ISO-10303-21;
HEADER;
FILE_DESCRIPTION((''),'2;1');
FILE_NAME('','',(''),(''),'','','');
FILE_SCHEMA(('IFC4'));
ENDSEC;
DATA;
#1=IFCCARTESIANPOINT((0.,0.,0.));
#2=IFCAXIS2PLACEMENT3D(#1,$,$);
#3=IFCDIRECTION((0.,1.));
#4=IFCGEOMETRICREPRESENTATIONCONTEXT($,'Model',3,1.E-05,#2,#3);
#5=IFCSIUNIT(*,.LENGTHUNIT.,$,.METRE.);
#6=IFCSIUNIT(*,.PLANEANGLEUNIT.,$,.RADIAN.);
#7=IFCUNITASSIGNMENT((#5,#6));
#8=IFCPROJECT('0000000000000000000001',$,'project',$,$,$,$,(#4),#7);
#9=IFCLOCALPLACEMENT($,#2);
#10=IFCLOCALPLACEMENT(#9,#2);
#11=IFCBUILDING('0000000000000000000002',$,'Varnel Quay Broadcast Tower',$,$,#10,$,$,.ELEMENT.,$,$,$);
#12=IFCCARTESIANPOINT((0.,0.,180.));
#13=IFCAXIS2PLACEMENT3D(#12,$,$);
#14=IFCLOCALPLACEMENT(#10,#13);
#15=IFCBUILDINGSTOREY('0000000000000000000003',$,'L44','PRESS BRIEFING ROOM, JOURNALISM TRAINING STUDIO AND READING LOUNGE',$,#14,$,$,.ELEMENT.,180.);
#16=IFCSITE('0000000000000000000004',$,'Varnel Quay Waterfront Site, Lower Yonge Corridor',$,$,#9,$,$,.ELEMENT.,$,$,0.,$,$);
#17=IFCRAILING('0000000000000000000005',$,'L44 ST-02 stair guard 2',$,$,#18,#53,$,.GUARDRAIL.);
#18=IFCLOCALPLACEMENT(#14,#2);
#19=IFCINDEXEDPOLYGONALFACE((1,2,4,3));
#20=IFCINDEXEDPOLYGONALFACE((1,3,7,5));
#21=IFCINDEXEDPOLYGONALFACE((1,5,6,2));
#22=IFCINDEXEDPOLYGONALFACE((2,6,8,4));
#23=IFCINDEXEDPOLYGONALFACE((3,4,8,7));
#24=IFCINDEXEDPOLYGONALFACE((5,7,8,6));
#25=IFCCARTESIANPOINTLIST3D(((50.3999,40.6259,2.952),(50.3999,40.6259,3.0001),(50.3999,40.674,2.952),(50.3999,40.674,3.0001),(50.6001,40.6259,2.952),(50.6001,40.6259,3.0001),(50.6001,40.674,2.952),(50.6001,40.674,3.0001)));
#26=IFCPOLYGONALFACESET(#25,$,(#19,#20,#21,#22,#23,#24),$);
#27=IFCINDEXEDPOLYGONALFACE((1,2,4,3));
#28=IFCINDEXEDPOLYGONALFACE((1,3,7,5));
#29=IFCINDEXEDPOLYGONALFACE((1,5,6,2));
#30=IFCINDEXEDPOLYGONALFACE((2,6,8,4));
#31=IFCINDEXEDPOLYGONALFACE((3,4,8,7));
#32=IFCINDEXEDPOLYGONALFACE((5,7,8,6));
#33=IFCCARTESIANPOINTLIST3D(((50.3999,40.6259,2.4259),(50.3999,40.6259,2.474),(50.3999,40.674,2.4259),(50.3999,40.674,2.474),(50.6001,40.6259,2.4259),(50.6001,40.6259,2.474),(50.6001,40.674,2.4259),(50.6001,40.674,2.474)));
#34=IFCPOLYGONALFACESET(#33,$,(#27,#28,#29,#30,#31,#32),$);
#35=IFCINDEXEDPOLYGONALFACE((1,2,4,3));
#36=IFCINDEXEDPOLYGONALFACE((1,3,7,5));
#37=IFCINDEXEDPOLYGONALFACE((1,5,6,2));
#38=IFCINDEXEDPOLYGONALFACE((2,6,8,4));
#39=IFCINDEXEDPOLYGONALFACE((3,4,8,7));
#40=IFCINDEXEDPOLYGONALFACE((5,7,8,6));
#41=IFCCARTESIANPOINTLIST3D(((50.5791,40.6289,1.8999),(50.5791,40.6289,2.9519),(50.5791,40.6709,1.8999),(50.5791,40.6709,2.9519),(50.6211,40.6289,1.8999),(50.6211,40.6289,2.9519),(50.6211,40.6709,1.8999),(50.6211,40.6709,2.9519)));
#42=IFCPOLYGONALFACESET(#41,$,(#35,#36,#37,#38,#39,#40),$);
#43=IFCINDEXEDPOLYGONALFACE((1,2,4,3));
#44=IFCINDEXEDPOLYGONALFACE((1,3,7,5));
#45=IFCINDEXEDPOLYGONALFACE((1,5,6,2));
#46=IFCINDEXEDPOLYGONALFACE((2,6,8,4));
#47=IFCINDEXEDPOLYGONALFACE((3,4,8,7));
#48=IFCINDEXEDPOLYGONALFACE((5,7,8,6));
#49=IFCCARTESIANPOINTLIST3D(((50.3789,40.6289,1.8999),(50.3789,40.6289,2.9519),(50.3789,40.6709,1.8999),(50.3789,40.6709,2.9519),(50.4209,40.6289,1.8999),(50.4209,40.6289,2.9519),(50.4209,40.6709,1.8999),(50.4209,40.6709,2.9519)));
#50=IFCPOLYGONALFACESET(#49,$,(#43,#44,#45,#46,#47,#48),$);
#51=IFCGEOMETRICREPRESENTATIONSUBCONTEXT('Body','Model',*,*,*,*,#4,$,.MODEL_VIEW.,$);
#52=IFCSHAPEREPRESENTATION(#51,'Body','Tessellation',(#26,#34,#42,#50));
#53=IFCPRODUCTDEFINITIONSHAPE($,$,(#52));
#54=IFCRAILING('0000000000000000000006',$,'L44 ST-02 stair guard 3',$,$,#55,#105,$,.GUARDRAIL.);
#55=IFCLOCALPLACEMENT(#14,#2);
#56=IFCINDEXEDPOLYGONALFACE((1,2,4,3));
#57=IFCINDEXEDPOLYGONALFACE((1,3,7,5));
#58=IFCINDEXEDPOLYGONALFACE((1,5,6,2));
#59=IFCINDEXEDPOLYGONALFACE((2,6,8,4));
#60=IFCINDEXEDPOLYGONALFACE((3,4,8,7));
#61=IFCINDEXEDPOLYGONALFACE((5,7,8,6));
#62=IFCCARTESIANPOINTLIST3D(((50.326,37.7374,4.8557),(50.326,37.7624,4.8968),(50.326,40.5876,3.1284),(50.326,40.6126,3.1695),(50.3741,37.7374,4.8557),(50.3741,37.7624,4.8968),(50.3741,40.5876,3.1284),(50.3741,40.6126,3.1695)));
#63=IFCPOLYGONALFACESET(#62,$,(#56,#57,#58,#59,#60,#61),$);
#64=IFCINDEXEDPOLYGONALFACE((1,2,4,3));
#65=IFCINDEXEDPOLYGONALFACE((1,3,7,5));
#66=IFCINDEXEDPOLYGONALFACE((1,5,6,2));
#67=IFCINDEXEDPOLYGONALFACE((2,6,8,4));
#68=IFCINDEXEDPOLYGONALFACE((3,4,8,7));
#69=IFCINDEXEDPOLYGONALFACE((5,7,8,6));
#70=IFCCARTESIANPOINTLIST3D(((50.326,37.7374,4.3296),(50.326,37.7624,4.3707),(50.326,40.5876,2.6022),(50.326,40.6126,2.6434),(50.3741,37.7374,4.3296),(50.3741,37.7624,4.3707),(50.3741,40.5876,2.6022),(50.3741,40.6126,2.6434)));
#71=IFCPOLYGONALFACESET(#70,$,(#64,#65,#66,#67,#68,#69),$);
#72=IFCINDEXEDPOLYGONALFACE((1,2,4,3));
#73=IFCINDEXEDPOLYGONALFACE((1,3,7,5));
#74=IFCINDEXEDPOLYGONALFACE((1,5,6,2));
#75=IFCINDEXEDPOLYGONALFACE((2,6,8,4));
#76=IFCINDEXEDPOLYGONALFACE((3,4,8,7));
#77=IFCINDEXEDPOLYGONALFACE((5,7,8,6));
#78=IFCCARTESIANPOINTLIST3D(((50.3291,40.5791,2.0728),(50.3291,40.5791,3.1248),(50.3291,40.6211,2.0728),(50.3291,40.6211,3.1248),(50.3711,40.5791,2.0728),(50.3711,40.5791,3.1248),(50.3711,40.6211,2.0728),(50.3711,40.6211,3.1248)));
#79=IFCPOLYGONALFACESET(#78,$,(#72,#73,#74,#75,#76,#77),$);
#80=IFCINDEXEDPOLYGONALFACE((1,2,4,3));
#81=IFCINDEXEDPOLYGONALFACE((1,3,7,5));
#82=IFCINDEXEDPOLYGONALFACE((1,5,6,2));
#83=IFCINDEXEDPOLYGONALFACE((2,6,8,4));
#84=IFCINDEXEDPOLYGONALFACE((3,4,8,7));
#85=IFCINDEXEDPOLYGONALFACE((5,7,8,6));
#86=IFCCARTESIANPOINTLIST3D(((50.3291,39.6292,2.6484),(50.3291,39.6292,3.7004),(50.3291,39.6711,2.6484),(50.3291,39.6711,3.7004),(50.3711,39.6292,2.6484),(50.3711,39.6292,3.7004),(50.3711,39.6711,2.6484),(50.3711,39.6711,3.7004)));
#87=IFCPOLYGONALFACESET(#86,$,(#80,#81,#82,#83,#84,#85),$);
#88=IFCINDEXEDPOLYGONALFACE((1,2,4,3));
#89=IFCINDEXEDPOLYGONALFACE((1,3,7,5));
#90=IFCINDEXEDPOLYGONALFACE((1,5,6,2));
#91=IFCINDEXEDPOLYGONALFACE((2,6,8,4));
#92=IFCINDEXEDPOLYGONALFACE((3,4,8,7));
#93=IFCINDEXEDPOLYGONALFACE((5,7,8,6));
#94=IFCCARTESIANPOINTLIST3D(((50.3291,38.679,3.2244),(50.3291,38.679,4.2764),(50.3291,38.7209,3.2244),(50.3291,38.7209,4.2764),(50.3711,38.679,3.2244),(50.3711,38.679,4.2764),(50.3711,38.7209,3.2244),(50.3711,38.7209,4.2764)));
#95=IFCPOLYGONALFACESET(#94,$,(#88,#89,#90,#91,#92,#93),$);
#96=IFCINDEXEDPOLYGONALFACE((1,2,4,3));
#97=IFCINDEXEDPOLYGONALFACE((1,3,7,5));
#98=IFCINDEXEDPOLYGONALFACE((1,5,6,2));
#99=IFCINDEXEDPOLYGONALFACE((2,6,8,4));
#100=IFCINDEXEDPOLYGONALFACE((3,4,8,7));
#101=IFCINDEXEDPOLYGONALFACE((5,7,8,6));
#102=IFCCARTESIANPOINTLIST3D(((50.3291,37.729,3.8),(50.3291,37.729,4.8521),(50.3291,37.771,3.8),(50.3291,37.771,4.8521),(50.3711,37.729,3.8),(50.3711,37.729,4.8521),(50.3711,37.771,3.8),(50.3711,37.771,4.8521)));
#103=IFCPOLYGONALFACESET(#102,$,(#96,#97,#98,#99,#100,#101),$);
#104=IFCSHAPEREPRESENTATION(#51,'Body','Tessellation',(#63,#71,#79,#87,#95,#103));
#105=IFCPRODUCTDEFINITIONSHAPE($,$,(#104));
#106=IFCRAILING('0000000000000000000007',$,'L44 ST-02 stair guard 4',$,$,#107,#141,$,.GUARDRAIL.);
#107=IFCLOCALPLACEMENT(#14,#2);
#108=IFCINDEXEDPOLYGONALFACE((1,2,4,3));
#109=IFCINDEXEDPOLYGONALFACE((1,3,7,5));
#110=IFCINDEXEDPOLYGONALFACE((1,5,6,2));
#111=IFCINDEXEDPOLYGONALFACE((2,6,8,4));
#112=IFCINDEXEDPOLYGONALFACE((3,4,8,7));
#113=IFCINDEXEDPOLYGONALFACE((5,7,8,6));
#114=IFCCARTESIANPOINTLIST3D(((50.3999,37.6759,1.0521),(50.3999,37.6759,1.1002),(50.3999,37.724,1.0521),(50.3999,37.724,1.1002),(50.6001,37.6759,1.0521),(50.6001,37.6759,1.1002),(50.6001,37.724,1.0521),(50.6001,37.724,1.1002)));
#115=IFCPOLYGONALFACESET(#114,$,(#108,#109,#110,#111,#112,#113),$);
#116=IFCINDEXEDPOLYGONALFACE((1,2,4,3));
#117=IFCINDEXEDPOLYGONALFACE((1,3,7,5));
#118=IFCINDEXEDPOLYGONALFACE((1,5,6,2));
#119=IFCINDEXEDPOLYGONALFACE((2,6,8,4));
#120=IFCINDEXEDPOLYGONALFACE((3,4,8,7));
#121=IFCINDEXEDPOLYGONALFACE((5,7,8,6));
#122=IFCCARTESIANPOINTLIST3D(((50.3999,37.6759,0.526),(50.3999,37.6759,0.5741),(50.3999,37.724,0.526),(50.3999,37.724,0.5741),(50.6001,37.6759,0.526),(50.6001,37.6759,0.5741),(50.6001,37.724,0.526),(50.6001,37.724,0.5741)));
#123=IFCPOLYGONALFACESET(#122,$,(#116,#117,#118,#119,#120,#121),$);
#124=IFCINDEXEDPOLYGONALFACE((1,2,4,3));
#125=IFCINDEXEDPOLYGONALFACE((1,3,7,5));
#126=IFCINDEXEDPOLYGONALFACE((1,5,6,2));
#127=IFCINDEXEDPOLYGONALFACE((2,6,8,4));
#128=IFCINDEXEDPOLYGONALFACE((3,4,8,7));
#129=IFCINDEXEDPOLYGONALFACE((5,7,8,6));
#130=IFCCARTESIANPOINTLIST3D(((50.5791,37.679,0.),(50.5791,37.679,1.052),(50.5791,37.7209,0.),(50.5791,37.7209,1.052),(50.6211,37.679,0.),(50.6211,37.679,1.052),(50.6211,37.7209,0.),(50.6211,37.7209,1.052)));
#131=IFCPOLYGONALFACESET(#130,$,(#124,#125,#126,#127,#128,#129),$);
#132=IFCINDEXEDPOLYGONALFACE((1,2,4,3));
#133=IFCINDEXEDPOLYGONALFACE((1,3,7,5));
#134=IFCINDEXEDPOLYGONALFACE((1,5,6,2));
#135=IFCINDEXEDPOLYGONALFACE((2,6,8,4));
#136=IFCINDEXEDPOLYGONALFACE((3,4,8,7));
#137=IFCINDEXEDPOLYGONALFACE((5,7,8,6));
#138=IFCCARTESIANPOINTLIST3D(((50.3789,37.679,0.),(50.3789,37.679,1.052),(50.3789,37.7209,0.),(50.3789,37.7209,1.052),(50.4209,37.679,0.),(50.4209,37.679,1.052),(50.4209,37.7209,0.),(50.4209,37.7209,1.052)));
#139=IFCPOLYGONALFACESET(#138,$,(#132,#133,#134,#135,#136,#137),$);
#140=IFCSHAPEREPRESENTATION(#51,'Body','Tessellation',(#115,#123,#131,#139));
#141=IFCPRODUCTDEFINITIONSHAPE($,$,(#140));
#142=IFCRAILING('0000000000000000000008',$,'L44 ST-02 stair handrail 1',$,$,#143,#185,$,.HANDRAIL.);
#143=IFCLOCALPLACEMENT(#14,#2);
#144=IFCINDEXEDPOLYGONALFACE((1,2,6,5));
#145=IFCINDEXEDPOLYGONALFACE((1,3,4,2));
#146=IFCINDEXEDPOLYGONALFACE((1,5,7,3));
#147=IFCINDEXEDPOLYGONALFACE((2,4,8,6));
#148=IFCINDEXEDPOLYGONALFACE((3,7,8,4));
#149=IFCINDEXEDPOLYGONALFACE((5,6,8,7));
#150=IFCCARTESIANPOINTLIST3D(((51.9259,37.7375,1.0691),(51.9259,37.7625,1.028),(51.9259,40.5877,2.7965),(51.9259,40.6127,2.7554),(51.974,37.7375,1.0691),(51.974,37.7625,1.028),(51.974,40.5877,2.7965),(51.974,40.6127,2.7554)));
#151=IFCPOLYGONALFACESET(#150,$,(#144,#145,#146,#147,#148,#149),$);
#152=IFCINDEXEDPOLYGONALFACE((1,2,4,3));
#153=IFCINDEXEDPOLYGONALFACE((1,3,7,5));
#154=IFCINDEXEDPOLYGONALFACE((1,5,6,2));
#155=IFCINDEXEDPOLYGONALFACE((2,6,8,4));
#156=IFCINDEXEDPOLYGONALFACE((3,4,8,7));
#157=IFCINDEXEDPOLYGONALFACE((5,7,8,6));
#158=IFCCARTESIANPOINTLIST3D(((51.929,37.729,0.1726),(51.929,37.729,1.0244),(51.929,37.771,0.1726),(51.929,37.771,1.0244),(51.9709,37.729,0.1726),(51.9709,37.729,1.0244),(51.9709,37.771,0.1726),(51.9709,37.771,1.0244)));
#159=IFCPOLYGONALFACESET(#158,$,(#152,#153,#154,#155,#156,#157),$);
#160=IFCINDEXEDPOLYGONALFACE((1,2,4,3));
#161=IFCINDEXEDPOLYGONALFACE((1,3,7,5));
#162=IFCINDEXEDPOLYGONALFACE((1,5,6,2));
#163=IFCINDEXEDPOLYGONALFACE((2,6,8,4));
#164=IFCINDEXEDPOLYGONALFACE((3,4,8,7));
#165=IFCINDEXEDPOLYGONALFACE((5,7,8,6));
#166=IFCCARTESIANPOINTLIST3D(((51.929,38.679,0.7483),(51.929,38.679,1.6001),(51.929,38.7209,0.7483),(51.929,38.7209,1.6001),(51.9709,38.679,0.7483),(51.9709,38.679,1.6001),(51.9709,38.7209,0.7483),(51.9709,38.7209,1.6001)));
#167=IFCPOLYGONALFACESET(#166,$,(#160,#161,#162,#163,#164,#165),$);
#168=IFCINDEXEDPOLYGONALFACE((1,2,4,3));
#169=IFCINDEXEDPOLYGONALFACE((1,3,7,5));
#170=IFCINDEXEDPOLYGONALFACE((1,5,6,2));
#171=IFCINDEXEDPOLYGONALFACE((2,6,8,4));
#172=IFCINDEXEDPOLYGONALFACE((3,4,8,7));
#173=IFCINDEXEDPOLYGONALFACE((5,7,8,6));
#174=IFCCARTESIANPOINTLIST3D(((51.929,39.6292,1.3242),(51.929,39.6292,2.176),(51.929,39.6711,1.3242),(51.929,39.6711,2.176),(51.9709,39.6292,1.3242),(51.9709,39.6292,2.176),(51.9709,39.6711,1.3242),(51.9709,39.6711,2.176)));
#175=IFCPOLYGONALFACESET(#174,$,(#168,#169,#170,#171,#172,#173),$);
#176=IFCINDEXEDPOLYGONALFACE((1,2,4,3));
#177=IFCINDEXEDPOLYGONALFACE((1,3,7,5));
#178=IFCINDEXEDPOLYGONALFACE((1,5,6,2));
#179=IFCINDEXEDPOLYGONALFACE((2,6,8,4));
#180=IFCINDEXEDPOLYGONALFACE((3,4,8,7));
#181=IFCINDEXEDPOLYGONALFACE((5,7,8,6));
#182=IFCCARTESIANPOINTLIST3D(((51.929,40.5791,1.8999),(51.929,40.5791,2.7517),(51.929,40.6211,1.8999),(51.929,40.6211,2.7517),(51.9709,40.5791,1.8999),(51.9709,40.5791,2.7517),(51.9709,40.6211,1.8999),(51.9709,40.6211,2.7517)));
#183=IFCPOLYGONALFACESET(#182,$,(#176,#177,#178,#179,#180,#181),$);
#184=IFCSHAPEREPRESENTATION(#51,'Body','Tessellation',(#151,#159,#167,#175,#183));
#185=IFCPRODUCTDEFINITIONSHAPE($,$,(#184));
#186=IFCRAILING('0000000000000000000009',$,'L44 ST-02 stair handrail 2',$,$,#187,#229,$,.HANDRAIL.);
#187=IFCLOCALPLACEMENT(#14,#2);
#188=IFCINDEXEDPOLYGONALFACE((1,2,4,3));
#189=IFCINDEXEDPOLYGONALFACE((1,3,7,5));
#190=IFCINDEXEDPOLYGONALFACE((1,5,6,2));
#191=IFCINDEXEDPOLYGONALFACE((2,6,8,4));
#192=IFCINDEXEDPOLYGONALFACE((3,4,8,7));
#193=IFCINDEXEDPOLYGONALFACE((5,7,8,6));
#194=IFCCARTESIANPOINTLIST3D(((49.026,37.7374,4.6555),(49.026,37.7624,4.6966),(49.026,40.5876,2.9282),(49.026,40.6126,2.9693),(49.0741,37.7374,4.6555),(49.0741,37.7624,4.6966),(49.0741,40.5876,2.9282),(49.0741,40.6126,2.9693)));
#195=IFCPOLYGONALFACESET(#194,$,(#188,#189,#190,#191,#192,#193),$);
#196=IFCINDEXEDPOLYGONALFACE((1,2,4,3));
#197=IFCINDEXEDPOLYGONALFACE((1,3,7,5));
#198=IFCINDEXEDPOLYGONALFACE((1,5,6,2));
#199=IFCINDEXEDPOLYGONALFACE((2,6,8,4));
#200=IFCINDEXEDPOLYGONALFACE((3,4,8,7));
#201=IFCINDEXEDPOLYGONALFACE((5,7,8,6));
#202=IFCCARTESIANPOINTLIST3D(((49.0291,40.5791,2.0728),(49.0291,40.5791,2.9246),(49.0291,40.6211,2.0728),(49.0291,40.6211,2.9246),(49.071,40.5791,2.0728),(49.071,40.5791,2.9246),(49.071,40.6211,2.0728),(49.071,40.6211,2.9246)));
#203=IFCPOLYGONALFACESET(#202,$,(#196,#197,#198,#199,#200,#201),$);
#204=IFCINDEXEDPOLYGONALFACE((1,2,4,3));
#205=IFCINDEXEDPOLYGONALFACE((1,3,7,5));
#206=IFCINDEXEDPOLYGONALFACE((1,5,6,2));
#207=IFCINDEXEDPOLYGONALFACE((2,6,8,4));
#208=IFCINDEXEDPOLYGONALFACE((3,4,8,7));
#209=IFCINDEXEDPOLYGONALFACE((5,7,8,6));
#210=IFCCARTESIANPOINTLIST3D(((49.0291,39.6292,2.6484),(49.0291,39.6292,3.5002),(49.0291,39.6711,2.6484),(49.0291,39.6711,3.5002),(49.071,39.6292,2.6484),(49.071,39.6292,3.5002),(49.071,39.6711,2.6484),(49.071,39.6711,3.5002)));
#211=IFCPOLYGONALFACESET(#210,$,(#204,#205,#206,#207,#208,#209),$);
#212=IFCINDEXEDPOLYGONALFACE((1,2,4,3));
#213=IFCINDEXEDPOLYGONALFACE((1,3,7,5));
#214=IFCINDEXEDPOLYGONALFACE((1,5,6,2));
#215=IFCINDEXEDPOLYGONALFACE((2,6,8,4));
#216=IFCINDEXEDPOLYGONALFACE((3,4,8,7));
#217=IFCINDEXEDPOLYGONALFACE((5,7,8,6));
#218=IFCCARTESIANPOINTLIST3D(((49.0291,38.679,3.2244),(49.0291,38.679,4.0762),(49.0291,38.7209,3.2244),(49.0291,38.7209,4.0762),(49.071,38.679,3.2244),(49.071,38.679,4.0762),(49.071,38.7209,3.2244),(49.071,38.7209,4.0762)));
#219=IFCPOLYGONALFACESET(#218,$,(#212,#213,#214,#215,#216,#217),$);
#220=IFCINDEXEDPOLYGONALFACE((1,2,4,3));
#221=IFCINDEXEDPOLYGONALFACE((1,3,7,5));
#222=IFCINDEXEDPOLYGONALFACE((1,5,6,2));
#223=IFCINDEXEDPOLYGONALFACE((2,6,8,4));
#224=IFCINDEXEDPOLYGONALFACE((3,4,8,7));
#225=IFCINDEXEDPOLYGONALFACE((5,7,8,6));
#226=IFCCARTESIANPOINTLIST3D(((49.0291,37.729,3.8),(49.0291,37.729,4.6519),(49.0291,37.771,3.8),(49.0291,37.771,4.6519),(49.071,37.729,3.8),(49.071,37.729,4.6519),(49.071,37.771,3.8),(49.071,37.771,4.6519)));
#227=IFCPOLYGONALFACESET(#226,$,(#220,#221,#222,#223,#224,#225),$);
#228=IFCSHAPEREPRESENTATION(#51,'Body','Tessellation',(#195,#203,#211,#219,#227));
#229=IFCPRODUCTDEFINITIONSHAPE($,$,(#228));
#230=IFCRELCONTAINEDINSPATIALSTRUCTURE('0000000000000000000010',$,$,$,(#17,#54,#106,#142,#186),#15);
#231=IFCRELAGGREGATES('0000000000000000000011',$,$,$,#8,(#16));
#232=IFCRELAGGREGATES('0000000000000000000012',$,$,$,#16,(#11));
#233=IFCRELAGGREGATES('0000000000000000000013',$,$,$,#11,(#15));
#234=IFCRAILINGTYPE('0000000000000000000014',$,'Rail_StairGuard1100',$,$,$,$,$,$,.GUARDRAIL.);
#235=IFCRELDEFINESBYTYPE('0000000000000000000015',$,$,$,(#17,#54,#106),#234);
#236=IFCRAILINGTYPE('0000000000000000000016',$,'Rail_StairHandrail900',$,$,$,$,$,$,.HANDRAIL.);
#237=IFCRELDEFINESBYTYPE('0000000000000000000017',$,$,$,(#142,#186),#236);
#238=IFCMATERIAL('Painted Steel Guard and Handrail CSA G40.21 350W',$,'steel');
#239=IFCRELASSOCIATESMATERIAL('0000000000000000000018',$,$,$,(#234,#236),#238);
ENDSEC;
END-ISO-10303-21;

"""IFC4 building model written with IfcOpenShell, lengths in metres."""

from ifc_helpers import new_model, si_unit, direction, frame, origin, origin_2d, place, context, subcontext, project, spatial, rectangle, extrude, material, type_object, element, save


model = new_model("IFC4")

# Units and contexts
model_context = context("Model", 3, precision=1e-05, world=origin(), true_north=direction((0.0, 1.0)))
body_context = subcontext(model_context, "Body", "Model", "MODEL_VIEW")
ifc_project = project(units=[si_unit("LENGTHUNIT", "METRE"), si_unit("PLANEANGLEUNIT", "RADIAN")], contexts=[model_context])

# Site, building, storey
site_placement = place(None, origin())
site = spatial("IfcSite", under=ifc_project, at=site_placement, Name="Varnel Quay Waterfront Site, Lower Yonge Corridor", CompositionType="ELEMENT", RefElevation=0.0)
building_placement = place(site_placement, origin())
building = spatial("IfcBuilding", under=site, at=building_placement, Name="Varnel Quay Broadcast Tower", CompositionType="ELEMENT")
storey_placement = place(building_placement, frame((0.0, 0.0, 180.0)))
storey = spatial("IfcBuildingStorey", under=building, at=storey_placement, Name="L44", Description="PRESS BRIEFING ROOM, JOURNALISM TRAINING STUDIO AND READING LOUNGE", CompositionType="ELEMENT", Elevation=180.0)

# Railings
ifc_material_1 = material(Name="Painted Steel Guard and Handrail CSA G40.21 350W", Category="steel")
railing_type_1 = type_object("IfcRailingType", Name="Rail_StairGuard1100", PredefinedType="GUARDRAIL", material=ifc_material_1)
railing_1_placement = place(storey_placement, frame((50.6001, 40.6499, 1.8999)))
element("IfcRailing", 1, at=railing_1_placement, inside=storey, type_object=railing_type_1, Name="L44 ST-02 stair guard 2", PredefinedType="GUARDRAIL", context=body_context, shape_type="SweptSolid", body=[
    extrude(rectangle(XDim=0.0481, YDim=0.0481, at=origin_2d()), frame((0.0, 0.0, 1.0762), z_axis=(-1.0, 0.0, 0.0), x_axis=(0.0, -1.0, 0.0)), (0.0, 0.0, 1.0), 0.2002),
    extrude(rectangle(XDim=0.0481, YDim=0.0481, at=origin_2d()), frame((0.0, 0.0, 0.55), z_axis=(-1.0, 0.0, 0.0), x_axis=(0.0, -1.0, 0.0)), (0.0, 0.0, 1.0), 0.2002),
    extrude(rectangle(XDim=0.042, YDim=0.042, at=origin_2d()), origin(), (0.0, 0.0, 1.0), 1.052),
    extrude(rectangle(XDim=0.042, YDim=0.042, at=origin_2d()), frame((-0.2002, 0.0, 0.0)), (0.0, 0.0, 1.0), 1.052),
])
railing_2_placement = place(storey_placement, frame((50.3501, 40.6001, 2.0728)))
element("IfcRailing", 2, at=railing_2_placement, inside=storey, type_object=railing_type_1, Name="L44 ST-02 stair guard 3", PredefinedType="GUARDRAIL", context=body_context, shape_type="SweptSolid", body=[
    extrude(rectangle(XDim=0.0481, YDim=0.0481, at=origin_2d()), frame((0.0, 0.0, 1.0762), z_axis=(0.0, -0.855203, 0.518294), x_axis=(1.0, 0.0, 0.0)), (0.0, 0.0, 1.0), 3.3328),
    extrude(rectangle(XDim=0.0481, YDim=0.0481, at=origin_2d()), frame((0.0, 0.0, 0.55), z_axis=(0.0, -0.855203, 0.518294), x_axis=(1.0, 0.0, 0.0)), (0.0, 0.0, 1.0), 3.3328),
    extrude(rectangle(XDim=0.042, YDim=0.042, at=origin_2d()), origin(), (0.0, 0.0, 1.0), 1.052),
    extrude(rectangle(XDim=0.042, YDim=0.042, at=origin_2d()), frame((0.0, -0.95, 0.5757)), (0.0, 0.0, 1.0), 1.052),
    extrude(rectangle(XDim=0.042, YDim=0.042, at=origin_2d()), frame((0.0, -1.9001, 1.1516)), (0.0, 0.0, 1.0), 1.052),
    extrude(rectangle(XDim=0.042, YDim=0.042, at=origin_2d()), frame((0.0, -2.8501, 1.7273)), (0.0, 0.0, 1.0), 1.052),
])
railing_3_placement = place(storey_placement, frame((50.6001, 37.7, 0.0)))
element("IfcRailing", 3, at=railing_3_placement, inside=storey, type_object=railing_type_1, Name="L44 ST-02 stair guard 4", PredefinedType="GUARDRAIL", context=body_context, shape_type="SweptSolid", body=[
    extrude(rectangle(XDim=0.0481, YDim=0.0481, at=origin_2d()), frame((0.0, 0.0, 1.0762), z_axis=(-1.0, 0.0, 0.0), x_axis=(0.0, -1.0, 0.0)), (0.0, 0.0, 1.0), 0.2002),
    extrude(rectangle(XDim=0.0481, YDim=0.0481, at=origin_2d()), frame((0.0, 0.0, 0.55), z_axis=(-1.0, 0.0, 0.0), x_axis=(0.0, -1.0, 0.0)), (0.0, 0.0, 1.0), 0.2002),
    extrude(rectangle(XDim=0.042, YDim=0.042, at=origin_2d()), origin(), (0.0, 0.0, 1.0), 1.052),
    extrude(rectangle(XDim=0.042, YDim=0.042, at=origin_2d()), frame((-0.2002, 0.0, 0.0)), (0.0, 0.0, 1.0), 1.052),
])
railing_type_2 = type_object("IfcRailingType", Name="Rail_StairHandrail900", PredefinedType="HANDRAIL", material=ifc_material_1)
railing_4_placement = place(storey_placement, frame((51.95, 37.75, 0.1726)))
element("IfcRailing", 4, at=railing_4_placement, inside=storey, type_object=railing_type_2, Name="L44 ST-02 stair handrail 1", PredefinedType="HANDRAIL", context=body_context, shape_type="SweptSolid", body=[
    extrude(rectangle(XDim=0.0481, YDim=0.0481, at=origin_2d()), frame((0.0, 0.0, 0.876), z_axis=(0.0, 0.855203, 0.518294), x_axis=(-1.0, 0.0, 0.0)), (0.0, 0.0, 1.0), 3.3328),
    extrude(rectangle(XDim=0.042, YDim=0.042, at=origin_2d()), origin(), (0.0, 0.0, 1.0), 0.8518),
    extrude(rectangle(XDim=0.042, YDim=0.042, at=origin_2d()), frame((0.0, 0.95, 0.5757)), (0.0, 0.0, 1.0), 0.8518),
    extrude(rectangle(XDim=0.042, YDim=0.042, at=origin_2d()), frame((0.0, 1.9001, 1.1516)), (0.0, 0.0, 1.0), 0.8518),
    extrude(rectangle(XDim=0.042, YDim=0.042, at=origin_2d()), frame((0.0, 2.8501, 1.7273)), (0.0, 0.0, 1.0), 0.8518),
])
railing_5_placement = place(storey_placement, frame((49.05, 40.6001, 2.0728)))
element("IfcRailing", 5, at=railing_5_placement, inside=storey, type_object=railing_type_2, Name="L44 ST-02 stair handrail 2", PredefinedType="HANDRAIL", context=body_context, shape_type="SweptSolid", body=[
    extrude(rectangle(XDim=0.0481, YDim=0.0481, at=origin_2d()), frame((0.0, 0.0, 0.876), z_axis=(0.0, -0.855203, 0.518294), x_axis=(1.0, 0.0, 0.0)), (0.0, 0.0, 1.0), 3.3328),
    extrude(rectangle(XDim=0.042, YDim=0.042, at=origin_2d()), origin(), (0.0, 0.0, 1.0), 0.8518),
    extrude(rectangle(XDim=0.042, YDim=0.042, at=origin_2d()), frame((0.0, -0.95, 0.5757)), (0.0, 0.0, 1.0), 0.8518),
    extrude(rectangle(XDim=0.042, YDim=0.042, at=origin_2d()), frame((0.0, -1.9001, 1.1516)), (0.0, 0.0, 1.0), 0.8518),
    extrude(rectangle(XDim=0.042, YDim=0.042, at=origin_2d()), frame((0.0, -2.8501, 1.7273)), (0.0, 0.0, 1.0), 0.8518),
])

save(model, "model.ifc")
